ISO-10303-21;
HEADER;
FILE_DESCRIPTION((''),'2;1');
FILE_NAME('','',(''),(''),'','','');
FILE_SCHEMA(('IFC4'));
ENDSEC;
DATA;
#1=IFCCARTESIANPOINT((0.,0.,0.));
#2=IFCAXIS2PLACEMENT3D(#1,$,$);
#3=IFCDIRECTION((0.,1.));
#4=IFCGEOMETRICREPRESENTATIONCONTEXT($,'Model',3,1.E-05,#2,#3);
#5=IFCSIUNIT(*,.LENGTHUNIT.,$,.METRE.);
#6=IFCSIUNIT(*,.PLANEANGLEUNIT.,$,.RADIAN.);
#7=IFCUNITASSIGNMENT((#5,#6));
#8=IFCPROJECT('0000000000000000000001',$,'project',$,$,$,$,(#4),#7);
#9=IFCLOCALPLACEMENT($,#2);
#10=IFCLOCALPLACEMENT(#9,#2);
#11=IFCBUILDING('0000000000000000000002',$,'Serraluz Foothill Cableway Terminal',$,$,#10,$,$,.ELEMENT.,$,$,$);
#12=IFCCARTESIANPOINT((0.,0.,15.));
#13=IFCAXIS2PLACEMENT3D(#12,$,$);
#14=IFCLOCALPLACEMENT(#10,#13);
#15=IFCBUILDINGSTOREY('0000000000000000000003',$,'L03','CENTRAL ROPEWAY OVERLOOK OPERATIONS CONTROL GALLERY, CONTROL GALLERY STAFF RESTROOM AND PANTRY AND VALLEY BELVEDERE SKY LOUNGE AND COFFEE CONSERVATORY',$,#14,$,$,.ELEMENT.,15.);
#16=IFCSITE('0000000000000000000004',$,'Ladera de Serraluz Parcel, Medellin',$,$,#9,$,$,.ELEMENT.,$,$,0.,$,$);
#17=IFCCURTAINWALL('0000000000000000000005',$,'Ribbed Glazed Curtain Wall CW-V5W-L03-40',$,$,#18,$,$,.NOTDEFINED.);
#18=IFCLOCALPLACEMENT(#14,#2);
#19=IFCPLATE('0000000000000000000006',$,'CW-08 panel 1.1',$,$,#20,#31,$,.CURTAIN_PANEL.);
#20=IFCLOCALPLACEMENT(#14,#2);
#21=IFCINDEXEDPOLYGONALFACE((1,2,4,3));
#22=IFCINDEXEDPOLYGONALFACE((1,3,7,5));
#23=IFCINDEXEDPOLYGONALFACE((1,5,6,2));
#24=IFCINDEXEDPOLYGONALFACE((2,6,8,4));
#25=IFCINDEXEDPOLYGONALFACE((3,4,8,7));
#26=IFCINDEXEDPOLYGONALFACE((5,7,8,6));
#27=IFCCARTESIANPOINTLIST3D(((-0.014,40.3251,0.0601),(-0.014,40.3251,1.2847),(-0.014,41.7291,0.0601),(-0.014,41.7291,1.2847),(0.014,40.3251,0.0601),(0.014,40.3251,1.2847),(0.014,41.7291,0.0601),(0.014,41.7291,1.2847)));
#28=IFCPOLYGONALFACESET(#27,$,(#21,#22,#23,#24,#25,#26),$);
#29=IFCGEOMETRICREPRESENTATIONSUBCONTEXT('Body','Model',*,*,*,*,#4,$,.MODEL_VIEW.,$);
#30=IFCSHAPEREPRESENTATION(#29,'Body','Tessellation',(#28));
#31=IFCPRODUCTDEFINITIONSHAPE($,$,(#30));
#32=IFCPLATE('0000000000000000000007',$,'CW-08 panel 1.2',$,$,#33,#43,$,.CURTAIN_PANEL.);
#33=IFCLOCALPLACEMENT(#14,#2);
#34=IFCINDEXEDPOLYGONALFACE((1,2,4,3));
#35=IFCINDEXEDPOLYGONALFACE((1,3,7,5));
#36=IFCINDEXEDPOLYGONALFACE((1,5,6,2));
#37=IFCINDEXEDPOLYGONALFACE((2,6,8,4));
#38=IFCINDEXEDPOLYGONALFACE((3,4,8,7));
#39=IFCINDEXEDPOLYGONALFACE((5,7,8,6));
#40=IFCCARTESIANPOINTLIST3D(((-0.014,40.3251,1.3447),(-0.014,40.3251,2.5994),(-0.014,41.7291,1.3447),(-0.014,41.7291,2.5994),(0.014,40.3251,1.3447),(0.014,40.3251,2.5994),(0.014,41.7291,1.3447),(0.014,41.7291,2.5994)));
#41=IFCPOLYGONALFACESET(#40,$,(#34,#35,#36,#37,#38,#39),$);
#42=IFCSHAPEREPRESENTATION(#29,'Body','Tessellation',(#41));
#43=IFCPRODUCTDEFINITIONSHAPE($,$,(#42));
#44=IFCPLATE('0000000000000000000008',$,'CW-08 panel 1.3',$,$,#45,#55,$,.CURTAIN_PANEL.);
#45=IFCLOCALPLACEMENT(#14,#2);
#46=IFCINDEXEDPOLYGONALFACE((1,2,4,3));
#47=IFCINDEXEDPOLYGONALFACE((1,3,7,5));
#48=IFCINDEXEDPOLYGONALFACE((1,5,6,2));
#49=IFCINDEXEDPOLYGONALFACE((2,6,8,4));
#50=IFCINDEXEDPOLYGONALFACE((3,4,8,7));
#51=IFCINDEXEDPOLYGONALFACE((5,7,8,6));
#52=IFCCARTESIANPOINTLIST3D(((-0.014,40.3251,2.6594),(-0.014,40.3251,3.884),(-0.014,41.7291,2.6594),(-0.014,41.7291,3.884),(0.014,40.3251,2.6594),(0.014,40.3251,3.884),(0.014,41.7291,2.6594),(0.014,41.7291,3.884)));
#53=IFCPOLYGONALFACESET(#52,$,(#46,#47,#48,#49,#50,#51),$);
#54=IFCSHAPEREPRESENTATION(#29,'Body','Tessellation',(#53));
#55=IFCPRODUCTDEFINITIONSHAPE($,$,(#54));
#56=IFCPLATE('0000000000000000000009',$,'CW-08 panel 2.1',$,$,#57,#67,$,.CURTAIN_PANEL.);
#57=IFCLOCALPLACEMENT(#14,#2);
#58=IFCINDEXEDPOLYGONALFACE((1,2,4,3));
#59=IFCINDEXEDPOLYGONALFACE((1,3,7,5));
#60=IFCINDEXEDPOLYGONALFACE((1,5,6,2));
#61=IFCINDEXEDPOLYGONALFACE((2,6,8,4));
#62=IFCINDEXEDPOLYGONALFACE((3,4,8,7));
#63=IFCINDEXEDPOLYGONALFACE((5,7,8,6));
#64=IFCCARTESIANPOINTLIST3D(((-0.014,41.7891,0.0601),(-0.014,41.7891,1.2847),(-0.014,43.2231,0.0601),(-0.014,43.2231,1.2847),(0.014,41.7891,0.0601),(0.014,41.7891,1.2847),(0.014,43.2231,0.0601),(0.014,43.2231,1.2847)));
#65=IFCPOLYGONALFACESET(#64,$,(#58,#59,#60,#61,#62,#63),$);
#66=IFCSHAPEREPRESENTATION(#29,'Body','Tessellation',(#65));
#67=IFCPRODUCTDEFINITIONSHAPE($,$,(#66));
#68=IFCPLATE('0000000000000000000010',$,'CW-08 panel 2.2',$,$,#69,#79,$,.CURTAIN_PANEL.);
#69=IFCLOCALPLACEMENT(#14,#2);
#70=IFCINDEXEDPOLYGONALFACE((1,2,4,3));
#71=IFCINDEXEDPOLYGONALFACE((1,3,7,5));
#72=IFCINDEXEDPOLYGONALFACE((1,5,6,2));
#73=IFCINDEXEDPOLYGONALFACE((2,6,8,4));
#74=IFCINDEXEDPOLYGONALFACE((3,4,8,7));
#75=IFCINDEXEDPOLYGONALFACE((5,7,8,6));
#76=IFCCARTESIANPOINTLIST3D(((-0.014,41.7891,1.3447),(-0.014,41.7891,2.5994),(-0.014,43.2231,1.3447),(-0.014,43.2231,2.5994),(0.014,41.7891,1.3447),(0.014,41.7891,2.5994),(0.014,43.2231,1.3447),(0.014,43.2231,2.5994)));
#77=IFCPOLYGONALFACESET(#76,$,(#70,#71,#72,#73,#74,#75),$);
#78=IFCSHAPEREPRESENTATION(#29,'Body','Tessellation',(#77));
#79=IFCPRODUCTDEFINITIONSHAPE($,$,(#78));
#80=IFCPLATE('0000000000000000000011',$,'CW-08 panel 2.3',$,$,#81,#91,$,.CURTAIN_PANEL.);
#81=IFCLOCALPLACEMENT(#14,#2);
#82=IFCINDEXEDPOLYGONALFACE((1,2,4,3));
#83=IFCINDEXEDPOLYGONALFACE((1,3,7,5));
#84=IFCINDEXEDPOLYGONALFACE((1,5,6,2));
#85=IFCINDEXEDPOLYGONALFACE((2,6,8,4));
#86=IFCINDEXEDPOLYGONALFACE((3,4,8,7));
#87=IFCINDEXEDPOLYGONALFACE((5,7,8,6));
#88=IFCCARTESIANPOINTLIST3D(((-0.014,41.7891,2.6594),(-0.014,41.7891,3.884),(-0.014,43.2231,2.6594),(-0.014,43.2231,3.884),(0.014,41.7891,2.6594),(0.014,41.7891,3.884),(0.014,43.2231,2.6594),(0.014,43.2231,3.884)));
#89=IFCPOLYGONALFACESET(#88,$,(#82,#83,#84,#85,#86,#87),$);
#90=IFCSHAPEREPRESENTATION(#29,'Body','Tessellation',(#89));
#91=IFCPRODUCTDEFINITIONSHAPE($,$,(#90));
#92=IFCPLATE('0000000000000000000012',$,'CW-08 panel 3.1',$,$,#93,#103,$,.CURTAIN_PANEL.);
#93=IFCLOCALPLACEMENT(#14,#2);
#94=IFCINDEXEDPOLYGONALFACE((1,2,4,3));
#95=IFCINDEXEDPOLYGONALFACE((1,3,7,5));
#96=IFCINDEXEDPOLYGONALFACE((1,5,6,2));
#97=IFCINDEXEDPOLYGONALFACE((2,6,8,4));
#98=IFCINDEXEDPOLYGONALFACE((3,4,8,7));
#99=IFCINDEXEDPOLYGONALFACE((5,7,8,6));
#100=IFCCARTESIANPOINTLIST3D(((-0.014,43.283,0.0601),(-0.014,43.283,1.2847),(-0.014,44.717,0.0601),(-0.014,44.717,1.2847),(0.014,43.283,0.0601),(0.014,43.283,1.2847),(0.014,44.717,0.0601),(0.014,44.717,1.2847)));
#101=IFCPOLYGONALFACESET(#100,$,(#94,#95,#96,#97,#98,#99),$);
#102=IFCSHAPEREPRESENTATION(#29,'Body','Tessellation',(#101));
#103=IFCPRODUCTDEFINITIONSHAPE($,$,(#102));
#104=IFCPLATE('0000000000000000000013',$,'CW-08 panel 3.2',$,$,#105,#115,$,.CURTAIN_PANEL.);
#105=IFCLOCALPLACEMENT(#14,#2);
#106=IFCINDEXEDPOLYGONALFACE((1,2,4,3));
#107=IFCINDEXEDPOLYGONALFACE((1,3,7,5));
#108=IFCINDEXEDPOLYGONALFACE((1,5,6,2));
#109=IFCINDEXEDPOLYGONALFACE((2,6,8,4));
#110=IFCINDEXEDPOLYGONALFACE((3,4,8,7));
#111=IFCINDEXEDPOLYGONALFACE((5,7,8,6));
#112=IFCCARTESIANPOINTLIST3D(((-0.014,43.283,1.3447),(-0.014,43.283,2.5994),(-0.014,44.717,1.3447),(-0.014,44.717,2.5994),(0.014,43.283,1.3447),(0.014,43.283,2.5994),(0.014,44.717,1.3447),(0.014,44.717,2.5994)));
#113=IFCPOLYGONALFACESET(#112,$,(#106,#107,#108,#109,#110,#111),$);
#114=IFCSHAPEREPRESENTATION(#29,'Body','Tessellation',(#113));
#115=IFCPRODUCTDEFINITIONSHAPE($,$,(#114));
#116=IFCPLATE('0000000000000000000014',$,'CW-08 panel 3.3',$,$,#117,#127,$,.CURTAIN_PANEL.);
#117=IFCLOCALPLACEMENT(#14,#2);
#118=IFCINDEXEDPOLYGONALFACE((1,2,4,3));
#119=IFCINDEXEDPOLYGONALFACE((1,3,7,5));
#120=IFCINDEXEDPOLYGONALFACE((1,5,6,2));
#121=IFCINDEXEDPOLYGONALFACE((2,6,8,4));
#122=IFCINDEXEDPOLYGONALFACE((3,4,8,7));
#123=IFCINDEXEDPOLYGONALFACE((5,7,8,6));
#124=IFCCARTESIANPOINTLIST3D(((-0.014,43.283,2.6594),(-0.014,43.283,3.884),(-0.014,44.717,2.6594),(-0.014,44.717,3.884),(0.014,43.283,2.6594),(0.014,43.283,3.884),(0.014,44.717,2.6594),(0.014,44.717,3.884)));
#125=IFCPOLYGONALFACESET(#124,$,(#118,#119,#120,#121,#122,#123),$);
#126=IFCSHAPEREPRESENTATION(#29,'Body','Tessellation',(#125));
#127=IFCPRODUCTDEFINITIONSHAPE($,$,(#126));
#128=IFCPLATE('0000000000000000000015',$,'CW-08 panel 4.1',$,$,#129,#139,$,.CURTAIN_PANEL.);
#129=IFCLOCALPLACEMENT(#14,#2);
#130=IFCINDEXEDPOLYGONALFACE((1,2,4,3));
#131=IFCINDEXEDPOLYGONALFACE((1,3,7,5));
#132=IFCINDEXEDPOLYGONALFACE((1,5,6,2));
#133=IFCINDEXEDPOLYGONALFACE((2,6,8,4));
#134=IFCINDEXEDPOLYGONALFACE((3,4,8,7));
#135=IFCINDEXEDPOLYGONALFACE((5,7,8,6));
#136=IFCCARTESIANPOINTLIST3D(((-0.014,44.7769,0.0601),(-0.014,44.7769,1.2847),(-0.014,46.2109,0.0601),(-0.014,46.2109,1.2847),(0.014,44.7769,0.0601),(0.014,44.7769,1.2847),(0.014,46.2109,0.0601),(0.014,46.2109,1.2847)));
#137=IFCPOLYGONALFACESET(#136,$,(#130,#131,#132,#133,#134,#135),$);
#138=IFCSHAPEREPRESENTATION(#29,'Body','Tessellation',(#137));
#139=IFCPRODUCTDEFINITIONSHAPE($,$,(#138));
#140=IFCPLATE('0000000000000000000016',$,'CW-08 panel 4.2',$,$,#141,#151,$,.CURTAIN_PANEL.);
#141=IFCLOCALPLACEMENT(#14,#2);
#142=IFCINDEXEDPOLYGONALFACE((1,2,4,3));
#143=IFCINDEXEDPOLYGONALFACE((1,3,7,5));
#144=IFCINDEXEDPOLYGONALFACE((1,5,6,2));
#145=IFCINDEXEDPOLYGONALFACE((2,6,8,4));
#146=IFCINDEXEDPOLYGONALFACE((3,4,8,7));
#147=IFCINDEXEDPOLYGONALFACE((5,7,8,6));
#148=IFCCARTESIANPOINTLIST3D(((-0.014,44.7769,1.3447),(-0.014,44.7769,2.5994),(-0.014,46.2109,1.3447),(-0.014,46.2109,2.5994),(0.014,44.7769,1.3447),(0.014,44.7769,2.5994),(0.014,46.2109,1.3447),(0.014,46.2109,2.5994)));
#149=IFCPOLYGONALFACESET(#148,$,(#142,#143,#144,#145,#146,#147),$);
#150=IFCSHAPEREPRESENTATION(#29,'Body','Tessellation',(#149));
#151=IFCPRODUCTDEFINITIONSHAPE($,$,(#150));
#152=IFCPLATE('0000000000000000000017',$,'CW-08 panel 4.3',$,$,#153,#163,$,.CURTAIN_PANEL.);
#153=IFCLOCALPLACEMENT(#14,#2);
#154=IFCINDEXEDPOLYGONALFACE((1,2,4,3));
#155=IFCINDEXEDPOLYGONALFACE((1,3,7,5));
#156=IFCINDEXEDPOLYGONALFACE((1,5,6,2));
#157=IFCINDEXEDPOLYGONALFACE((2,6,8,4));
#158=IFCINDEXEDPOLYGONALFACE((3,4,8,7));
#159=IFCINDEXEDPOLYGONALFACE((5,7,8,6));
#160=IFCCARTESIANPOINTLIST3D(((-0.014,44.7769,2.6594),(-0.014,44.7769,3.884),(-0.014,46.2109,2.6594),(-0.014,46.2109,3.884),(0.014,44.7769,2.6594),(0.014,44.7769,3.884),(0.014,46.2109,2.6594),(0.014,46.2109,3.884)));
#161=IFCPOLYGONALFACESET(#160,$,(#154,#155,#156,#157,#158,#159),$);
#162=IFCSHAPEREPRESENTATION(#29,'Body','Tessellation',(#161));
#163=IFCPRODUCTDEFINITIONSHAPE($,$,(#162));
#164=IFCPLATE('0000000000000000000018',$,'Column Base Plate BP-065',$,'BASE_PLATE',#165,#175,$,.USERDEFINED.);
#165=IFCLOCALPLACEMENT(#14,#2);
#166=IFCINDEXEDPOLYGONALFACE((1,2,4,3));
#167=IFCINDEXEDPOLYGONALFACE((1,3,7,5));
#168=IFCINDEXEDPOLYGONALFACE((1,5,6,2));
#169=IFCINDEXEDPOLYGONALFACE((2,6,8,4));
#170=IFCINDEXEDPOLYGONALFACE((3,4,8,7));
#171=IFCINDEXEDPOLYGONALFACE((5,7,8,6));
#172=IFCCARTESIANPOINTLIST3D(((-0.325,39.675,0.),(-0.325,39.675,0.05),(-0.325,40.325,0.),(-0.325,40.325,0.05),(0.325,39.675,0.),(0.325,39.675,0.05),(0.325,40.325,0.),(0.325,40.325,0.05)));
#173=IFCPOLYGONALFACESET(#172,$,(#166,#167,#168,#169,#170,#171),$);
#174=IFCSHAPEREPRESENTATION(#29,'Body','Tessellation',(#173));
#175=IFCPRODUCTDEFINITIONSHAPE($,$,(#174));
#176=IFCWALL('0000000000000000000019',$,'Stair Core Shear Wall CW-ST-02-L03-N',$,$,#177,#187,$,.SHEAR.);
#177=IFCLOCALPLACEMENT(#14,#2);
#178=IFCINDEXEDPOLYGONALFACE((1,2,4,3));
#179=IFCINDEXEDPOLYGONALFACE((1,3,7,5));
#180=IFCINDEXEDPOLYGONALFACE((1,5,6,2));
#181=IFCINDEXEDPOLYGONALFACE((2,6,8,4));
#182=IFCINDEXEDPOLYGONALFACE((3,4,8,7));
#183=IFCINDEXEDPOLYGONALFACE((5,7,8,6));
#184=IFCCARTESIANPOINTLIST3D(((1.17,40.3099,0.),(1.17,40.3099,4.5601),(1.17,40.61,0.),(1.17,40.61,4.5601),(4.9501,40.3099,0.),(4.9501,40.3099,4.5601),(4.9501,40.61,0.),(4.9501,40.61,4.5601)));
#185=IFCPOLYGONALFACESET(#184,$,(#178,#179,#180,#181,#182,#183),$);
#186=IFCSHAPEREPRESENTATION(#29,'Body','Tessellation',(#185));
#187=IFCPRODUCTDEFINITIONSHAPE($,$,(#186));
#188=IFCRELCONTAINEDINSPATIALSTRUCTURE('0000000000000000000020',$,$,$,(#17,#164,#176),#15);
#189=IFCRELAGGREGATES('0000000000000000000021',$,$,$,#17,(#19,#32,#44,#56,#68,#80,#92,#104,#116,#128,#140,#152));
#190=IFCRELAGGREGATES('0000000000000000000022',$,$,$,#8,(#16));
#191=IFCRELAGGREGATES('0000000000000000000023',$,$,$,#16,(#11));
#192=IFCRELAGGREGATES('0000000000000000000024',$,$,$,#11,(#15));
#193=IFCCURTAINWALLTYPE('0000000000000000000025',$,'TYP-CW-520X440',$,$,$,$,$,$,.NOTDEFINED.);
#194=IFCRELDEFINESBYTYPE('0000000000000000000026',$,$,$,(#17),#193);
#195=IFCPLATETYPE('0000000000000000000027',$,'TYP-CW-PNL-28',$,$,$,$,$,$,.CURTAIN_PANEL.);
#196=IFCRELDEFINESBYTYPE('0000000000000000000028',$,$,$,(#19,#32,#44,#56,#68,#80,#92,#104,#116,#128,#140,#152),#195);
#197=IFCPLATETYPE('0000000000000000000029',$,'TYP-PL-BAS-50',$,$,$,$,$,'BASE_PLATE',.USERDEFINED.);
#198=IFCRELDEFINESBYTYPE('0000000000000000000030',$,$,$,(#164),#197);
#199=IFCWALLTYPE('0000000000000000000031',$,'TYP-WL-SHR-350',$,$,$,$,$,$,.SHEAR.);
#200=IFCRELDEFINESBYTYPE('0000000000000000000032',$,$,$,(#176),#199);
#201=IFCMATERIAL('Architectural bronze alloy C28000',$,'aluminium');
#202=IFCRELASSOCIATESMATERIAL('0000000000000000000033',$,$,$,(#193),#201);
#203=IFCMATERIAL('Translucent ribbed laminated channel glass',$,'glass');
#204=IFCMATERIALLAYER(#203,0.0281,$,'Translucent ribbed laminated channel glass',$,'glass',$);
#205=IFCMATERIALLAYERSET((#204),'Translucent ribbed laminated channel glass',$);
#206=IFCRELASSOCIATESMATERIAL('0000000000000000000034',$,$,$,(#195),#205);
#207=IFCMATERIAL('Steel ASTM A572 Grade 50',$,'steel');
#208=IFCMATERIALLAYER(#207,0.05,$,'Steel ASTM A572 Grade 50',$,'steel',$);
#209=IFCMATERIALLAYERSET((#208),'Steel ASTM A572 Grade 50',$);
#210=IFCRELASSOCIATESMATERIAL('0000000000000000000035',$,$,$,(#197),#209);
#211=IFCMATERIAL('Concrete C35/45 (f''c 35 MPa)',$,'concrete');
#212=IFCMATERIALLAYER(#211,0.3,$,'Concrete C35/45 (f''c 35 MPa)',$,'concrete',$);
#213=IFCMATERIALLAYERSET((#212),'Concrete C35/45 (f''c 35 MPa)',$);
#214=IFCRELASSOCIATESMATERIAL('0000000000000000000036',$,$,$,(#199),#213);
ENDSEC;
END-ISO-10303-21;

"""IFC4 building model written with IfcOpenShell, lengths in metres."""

from ifc_helpers import new_model, si_unit, direction, frame, frame_2d, origin, origin_2d, place, context, subcontext, project, spatial, rectangle, extrude, material, layer, layer_set, type_object, element, aggregate, save


model = new_model("IFC4")

# Units and contexts
model_context = context("Model", 3, precision=1e-05, world=origin(), true_north=direction((0.0, 1.0)))
body_context = subcontext(model_context, "Body", "Model", "MODEL_VIEW")
ifc_project = project(units=[si_unit("LENGTHUNIT", "METRE"), si_unit("PLANEANGLEUNIT", "RADIAN")], contexts=[model_context])

# Site, building, storey
site_placement = place(None, origin())
site = spatial("IfcSite", under=ifc_project, at=site_placement, Name="Ladera de Serraluz Parcel, Medellin", CompositionType="ELEMENT", RefElevation=0.0)
building_placement = place(site_placement, origin())
building = spatial("IfcBuilding", under=site, at=building_placement, Name="Serraluz Foothill Cableway Terminal", CompositionType="ELEMENT")
storey_placement = place(building_placement, frame((0.0, 0.0, 15.0)))
storey = spatial("IfcBuildingStorey", under=building, at=storey_placement, Name="L03", Description="CENTRAL ROPEWAY OVERLOOK OPERATIONS CONTROL GALLERY, CONTROL GALLERY STAFF RESTROOM AND PANTRY AND VALLEY BELVEDERE SKY LOUNGE AND COFFEE CONSERVATORY", CompositionType="ELEMENT", Elevation=15.0)

# Shared definitions
ifc_material_1 = material(Name="Steel ASTM A572 Grade 50", Category="steel")

# Curtain wall
ifc_material_2 = material(Name="Architectural bronze alloy C28000", Category="aluminium")
curtain_wall_type = type_object("IfcCurtainWallType", Name="TYP-CW-520X440", PredefinedType="NOTDEFINED", material=ifc_material_2)
curtain_wall_placement = place(storey_placement, origin())
curtain_wall = element("IfcCurtainWall", 1, at=curtain_wall_placement, inside=storey, type_object=curtain_wall_type, Name="Ribbed Glazed Curtain Wall CW-V5W-L03-40", PredefinedType="NOTDEFINED")

# Plates
ifc_material_3 = material(Name="Translucent ribbed laminated channel glass", Category="glass")
ifc_layer_1 = layer(ifc_material_3, 0.0281, Name="Translucent ribbed laminated channel glass", Category="glass")
ifc_layer_set_1 = layer_set([ifc_layer_1], Name="Translucent ribbed laminated channel glass")
plate_type_1 = type_object("IfcPlateType", Name="TYP-CW-PNL-28", PredefinedType="CURTAIN_PANEL", material=ifc_layer_set_1)
plate_1_placement = place(storey_placement, frame((0.0, 41.0271, 0.0601), z_axis=(0.0, 0.0, 1.0), x_axis=(0.0, 1.0, 0.0)))
plate_1 = element("IfcPlate", 2, at=plate_1_placement, type_object=plate_type_1, Name="CW-08 panel 1.1", PredefinedType="CURTAIN_PANEL", context=body_context, shape_type="SweptSolid", body=[
    extrude(rectangle(XDim=1.4041, YDim=0.0281, at=origin_2d()), origin(), (0.0, 0.0, 1.0), 1.2246),
])
plate_2_placement = place(storey_placement, frame((0.0, 41.0271, 1.3447), z_axis=(0.0, 0.0, 1.0), x_axis=(0.0, 1.0, 0.0)))
plate_2 = element("IfcPlate", 3, at=plate_2_placement, type_object=plate_type_1, Name="CW-08 panel 1.2", PredefinedType="CURTAIN_PANEL", context=body_context, shape_type="SweptSolid", body=[
    extrude(rectangle(XDim=1.4041, YDim=0.0281, at=origin_2d()), origin(), (0.0, 0.0, 1.0), 1.2546),
])
plate_3_placement = place(storey_placement, frame((0.0, 41.0271, 2.6594), z_axis=(0.0, 0.0, 1.0), x_axis=(0.0, 1.0, 0.0)))
plate_3 = element("IfcPlate", 4, at=plate_3_placement, type_object=plate_type_1, Name="CW-08 panel 1.3", PredefinedType="CURTAIN_PANEL", context=body_context, shape_type="SweptSolid", body=[
    extrude(rectangle(XDim=1.4041, YDim=0.0281, at=origin_2d()), origin(), (0.0, 0.0, 1.0), 1.2246),
])
plate_4_placement = place(storey_placement, frame((0.0, 42.5061, 0.0601), z_axis=(0.0, 0.0, 1.0), x_axis=(0.0, 1.0, 0.0)))
plate_4 = element("IfcPlate", 5, at=plate_4_placement, type_object=plate_type_1, Name="CW-08 panel 2.1", PredefinedType="CURTAIN_PANEL", context=body_context, shape_type="SweptSolid", body=[
    extrude(rectangle(XDim=1.4341, YDim=0.0281, at=origin_2d()), origin(), (0.0, 0.0, 1.0), 1.2246),
])
plate_5_placement = place(storey_placement, frame((0.0, 42.5061, 1.3447), z_axis=(0.0, 0.0, 1.0), x_axis=(0.0, 1.0, 0.0)))
plate_5 = element("IfcPlate", 6, at=plate_5_placement, type_object=plate_type_1, Name="CW-08 panel 2.2", PredefinedType="CURTAIN_PANEL", context=body_context, shape_type="SweptSolid", body=[
    extrude(rectangle(XDim=1.4341, YDim=0.0281, at=origin_2d()), origin(), (0.0, 0.0, 1.0), 1.2546),
])
plate_6_placement = place(storey_placement, frame((0.0, 42.5061, 2.6594), z_axis=(0.0, 0.0, 1.0), x_axis=(0.0, 1.0, 0.0)))
plate_6 = element("IfcPlate", 7, at=plate_6_placement, type_object=plate_type_1, Name="CW-08 panel 2.3", PredefinedType="CURTAIN_PANEL", context=body_context, shape_type="SweptSolid", body=[
    extrude(rectangle(XDim=1.4341, YDim=0.0281, at=origin_2d()), origin(), (0.0, 0.0, 1.0), 1.2246),
])
plate_7_placement = place(storey_placement, frame((0.0, 44.0, 0.0601), z_axis=(0.0, 0.0, 1.0), x_axis=(0.0, 1.0, 0.0)))
plate_7 = element("IfcPlate", 8, at=plate_7_placement, type_object=plate_type_1, Name="CW-08 panel 3.1", PredefinedType="CURTAIN_PANEL", context=body_context, shape_type="SweptSolid", body=[
    extrude(rectangle(XDim=1.4341, YDim=0.0281, at=origin_2d()), origin(), (0.0, 0.0, 1.0), 1.2246),
])
plate_8_placement = place(storey_placement, frame((0.0, 44.0, 1.3447), z_axis=(0.0, 0.0, 1.0), x_axis=(0.0, 1.0, 0.0)))
plate_8 = element("IfcPlate", 9, at=plate_8_placement, type_object=plate_type_1, Name="CW-08 panel 3.2", PredefinedType="CURTAIN_PANEL", context=body_context, shape_type="SweptSolid", body=[
    extrude(rectangle(XDim=1.4341, YDim=0.0281, at=origin_2d()), origin(), (0.0, 0.0, 1.0), 1.2546),
])
plate_9_placement = place(storey_placement, frame((0.0, 44.0, 2.6594), z_axis=(0.0, 0.0, 1.0), x_axis=(0.0, 1.0, 0.0)))
plate_9 = element("IfcPlate", 10, at=plate_9_placement, type_object=plate_type_1, Name="CW-08 panel 3.3", PredefinedType="CURTAIN_PANEL", context=body_context, shape_type="SweptSolid", body=[
    extrude(rectangle(XDim=1.4341, YDim=0.0281, at=origin_2d()), origin(), (0.0, 0.0, 1.0), 1.2246),
])
plate_10_placement = place(storey_placement, frame((0.0, 45.4939, 0.0601), z_axis=(0.0, 0.0, 1.0), x_axis=(0.0, 1.0, 0.0)))
plate_10 = element("IfcPlate", 11, at=plate_10_placement, type_object=plate_type_1, Name="CW-08 panel 4.1", PredefinedType="CURTAIN_PANEL", context=body_context, shape_type="SweptSolid", body=[
    extrude(rectangle(XDim=1.4341, YDim=0.0281, at=origin_2d()), origin(), (0.0, 0.0, 1.0), 1.2246),
])
plate_11_placement = place(storey_placement, frame((0.0, 45.4939, 1.3447), z_axis=(0.0, 0.0, 1.0), x_axis=(0.0, 1.0, 0.0)))
plate_11 = element("IfcPlate", 12, at=plate_11_placement, type_object=plate_type_1, Name="CW-08 panel 4.2", PredefinedType="CURTAIN_PANEL", context=body_context, shape_type="SweptSolid", body=[
    extrude(rectangle(XDim=1.4341, YDim=0.0281, at=origin_2d()), origin(), (0.0, 0.0, 1.0), 1.2546),
])
plate_12_placement = place(storey_placement, frame((0.0, 45.4939, 2.6594), z_axis=(0.0, 0.0, 1.0), x_axis=(0.0, 1.0, 0.0)))
plate_12 = element("IfcPlate", 13, at=plate_12_placement, type_object=plate_type_1, Name="CW-08 panel 4.3", PredefinedType="CURTAIN_PANEL", context=body_context, shape_type="SweptSolid", body=[
    extrude(rectangle(XDim=1.4341, YDim=0.0281, at=origin_2d()), origin(), (0.0, 0.0, 1.0), 1.2246),
])
aggregate(curtain_wall, [plate_1, plate_2, plate_3, plate_4, plate_5, plate_6, plate_7, plate_8, plate_9, plate_10, plate_11, plate_12])
ifc_layer_2 = layer(ifc_material_1, 0.05, Name="Steel ASTM A572 Grade 50", Category="steel")
ifc_layer_set_2 = layer_set([ifc_layer_2], Name="Steel ASTM A572 Grade 50")
plate_type_2 = type_object("IfcPlateType", Name="TYP-PL-BAS-50", ElementType="BASE_PLATE", PredefinedType="USERDEFINED", material=ifc_layer_set_2)
plate_13_placement = place(storey_placement, frame((0.0, 40.0, 0.0), z_axis=(0.0, 0.0, 1.0), x_axis=(1.0, 0.0, 0.0)))
element("IfcPlate", 14, at=plate_13_placement, inside=storey, type_object=plate_type_2, Name="Column Base Plate BP-065", ObjectType="BASE_PLATE", PredefinedType="USERDEFINED", context=body_context, shape_type="SweptSolid", body=[
    extrude(rectangle(XDim=0.6499, YDim=0.6499, at=origin_2d()), origin(), (0.0, 0.0, 1.0), 0.05),
])

# Wall
ifc_material_4 = material(Name="Concrete C35/45 (f'c 35 MPa)", Category="concrete")
ifc_layer_3 = layer(ifc_material_4, 0.3, Name="Concrete C35/45 (f'c 35 MPa)", Category="concrete")
ifc_layer_set_3 = layer_set([ifc_layer_3], Name="Concrete C35/45 (f'c 35 MPa)")
wall_type = type_object("IfcWallType", Name="TYP-WL-SHR-350", PredefinedType="SHEAR", material=ifc_layer_set_3)
wall_placement = place(storey_placement, frame((1.1699, 40.46, 0.0), z_axis=(0.0, 0.0, 1.0), x_axis=(1.0, 0.0, 0.0)))
element("IfcWall", 15, at=wall_placement, inside=storey, type_object=wall_type, Name="Stair Core Shear Wall CW-ST-02-L03-N", PredefinedType="SHEAR", context=body_context, shape_type="SweptSolid", body=[
    extrude(rectangle(XDim=3.78, YDim=0.3, at=frame_2d((1.8901, 0.0))), origin(), (0.0, 0.0, 1.0), 4.5601),
])

save(model, "model.ifc")
